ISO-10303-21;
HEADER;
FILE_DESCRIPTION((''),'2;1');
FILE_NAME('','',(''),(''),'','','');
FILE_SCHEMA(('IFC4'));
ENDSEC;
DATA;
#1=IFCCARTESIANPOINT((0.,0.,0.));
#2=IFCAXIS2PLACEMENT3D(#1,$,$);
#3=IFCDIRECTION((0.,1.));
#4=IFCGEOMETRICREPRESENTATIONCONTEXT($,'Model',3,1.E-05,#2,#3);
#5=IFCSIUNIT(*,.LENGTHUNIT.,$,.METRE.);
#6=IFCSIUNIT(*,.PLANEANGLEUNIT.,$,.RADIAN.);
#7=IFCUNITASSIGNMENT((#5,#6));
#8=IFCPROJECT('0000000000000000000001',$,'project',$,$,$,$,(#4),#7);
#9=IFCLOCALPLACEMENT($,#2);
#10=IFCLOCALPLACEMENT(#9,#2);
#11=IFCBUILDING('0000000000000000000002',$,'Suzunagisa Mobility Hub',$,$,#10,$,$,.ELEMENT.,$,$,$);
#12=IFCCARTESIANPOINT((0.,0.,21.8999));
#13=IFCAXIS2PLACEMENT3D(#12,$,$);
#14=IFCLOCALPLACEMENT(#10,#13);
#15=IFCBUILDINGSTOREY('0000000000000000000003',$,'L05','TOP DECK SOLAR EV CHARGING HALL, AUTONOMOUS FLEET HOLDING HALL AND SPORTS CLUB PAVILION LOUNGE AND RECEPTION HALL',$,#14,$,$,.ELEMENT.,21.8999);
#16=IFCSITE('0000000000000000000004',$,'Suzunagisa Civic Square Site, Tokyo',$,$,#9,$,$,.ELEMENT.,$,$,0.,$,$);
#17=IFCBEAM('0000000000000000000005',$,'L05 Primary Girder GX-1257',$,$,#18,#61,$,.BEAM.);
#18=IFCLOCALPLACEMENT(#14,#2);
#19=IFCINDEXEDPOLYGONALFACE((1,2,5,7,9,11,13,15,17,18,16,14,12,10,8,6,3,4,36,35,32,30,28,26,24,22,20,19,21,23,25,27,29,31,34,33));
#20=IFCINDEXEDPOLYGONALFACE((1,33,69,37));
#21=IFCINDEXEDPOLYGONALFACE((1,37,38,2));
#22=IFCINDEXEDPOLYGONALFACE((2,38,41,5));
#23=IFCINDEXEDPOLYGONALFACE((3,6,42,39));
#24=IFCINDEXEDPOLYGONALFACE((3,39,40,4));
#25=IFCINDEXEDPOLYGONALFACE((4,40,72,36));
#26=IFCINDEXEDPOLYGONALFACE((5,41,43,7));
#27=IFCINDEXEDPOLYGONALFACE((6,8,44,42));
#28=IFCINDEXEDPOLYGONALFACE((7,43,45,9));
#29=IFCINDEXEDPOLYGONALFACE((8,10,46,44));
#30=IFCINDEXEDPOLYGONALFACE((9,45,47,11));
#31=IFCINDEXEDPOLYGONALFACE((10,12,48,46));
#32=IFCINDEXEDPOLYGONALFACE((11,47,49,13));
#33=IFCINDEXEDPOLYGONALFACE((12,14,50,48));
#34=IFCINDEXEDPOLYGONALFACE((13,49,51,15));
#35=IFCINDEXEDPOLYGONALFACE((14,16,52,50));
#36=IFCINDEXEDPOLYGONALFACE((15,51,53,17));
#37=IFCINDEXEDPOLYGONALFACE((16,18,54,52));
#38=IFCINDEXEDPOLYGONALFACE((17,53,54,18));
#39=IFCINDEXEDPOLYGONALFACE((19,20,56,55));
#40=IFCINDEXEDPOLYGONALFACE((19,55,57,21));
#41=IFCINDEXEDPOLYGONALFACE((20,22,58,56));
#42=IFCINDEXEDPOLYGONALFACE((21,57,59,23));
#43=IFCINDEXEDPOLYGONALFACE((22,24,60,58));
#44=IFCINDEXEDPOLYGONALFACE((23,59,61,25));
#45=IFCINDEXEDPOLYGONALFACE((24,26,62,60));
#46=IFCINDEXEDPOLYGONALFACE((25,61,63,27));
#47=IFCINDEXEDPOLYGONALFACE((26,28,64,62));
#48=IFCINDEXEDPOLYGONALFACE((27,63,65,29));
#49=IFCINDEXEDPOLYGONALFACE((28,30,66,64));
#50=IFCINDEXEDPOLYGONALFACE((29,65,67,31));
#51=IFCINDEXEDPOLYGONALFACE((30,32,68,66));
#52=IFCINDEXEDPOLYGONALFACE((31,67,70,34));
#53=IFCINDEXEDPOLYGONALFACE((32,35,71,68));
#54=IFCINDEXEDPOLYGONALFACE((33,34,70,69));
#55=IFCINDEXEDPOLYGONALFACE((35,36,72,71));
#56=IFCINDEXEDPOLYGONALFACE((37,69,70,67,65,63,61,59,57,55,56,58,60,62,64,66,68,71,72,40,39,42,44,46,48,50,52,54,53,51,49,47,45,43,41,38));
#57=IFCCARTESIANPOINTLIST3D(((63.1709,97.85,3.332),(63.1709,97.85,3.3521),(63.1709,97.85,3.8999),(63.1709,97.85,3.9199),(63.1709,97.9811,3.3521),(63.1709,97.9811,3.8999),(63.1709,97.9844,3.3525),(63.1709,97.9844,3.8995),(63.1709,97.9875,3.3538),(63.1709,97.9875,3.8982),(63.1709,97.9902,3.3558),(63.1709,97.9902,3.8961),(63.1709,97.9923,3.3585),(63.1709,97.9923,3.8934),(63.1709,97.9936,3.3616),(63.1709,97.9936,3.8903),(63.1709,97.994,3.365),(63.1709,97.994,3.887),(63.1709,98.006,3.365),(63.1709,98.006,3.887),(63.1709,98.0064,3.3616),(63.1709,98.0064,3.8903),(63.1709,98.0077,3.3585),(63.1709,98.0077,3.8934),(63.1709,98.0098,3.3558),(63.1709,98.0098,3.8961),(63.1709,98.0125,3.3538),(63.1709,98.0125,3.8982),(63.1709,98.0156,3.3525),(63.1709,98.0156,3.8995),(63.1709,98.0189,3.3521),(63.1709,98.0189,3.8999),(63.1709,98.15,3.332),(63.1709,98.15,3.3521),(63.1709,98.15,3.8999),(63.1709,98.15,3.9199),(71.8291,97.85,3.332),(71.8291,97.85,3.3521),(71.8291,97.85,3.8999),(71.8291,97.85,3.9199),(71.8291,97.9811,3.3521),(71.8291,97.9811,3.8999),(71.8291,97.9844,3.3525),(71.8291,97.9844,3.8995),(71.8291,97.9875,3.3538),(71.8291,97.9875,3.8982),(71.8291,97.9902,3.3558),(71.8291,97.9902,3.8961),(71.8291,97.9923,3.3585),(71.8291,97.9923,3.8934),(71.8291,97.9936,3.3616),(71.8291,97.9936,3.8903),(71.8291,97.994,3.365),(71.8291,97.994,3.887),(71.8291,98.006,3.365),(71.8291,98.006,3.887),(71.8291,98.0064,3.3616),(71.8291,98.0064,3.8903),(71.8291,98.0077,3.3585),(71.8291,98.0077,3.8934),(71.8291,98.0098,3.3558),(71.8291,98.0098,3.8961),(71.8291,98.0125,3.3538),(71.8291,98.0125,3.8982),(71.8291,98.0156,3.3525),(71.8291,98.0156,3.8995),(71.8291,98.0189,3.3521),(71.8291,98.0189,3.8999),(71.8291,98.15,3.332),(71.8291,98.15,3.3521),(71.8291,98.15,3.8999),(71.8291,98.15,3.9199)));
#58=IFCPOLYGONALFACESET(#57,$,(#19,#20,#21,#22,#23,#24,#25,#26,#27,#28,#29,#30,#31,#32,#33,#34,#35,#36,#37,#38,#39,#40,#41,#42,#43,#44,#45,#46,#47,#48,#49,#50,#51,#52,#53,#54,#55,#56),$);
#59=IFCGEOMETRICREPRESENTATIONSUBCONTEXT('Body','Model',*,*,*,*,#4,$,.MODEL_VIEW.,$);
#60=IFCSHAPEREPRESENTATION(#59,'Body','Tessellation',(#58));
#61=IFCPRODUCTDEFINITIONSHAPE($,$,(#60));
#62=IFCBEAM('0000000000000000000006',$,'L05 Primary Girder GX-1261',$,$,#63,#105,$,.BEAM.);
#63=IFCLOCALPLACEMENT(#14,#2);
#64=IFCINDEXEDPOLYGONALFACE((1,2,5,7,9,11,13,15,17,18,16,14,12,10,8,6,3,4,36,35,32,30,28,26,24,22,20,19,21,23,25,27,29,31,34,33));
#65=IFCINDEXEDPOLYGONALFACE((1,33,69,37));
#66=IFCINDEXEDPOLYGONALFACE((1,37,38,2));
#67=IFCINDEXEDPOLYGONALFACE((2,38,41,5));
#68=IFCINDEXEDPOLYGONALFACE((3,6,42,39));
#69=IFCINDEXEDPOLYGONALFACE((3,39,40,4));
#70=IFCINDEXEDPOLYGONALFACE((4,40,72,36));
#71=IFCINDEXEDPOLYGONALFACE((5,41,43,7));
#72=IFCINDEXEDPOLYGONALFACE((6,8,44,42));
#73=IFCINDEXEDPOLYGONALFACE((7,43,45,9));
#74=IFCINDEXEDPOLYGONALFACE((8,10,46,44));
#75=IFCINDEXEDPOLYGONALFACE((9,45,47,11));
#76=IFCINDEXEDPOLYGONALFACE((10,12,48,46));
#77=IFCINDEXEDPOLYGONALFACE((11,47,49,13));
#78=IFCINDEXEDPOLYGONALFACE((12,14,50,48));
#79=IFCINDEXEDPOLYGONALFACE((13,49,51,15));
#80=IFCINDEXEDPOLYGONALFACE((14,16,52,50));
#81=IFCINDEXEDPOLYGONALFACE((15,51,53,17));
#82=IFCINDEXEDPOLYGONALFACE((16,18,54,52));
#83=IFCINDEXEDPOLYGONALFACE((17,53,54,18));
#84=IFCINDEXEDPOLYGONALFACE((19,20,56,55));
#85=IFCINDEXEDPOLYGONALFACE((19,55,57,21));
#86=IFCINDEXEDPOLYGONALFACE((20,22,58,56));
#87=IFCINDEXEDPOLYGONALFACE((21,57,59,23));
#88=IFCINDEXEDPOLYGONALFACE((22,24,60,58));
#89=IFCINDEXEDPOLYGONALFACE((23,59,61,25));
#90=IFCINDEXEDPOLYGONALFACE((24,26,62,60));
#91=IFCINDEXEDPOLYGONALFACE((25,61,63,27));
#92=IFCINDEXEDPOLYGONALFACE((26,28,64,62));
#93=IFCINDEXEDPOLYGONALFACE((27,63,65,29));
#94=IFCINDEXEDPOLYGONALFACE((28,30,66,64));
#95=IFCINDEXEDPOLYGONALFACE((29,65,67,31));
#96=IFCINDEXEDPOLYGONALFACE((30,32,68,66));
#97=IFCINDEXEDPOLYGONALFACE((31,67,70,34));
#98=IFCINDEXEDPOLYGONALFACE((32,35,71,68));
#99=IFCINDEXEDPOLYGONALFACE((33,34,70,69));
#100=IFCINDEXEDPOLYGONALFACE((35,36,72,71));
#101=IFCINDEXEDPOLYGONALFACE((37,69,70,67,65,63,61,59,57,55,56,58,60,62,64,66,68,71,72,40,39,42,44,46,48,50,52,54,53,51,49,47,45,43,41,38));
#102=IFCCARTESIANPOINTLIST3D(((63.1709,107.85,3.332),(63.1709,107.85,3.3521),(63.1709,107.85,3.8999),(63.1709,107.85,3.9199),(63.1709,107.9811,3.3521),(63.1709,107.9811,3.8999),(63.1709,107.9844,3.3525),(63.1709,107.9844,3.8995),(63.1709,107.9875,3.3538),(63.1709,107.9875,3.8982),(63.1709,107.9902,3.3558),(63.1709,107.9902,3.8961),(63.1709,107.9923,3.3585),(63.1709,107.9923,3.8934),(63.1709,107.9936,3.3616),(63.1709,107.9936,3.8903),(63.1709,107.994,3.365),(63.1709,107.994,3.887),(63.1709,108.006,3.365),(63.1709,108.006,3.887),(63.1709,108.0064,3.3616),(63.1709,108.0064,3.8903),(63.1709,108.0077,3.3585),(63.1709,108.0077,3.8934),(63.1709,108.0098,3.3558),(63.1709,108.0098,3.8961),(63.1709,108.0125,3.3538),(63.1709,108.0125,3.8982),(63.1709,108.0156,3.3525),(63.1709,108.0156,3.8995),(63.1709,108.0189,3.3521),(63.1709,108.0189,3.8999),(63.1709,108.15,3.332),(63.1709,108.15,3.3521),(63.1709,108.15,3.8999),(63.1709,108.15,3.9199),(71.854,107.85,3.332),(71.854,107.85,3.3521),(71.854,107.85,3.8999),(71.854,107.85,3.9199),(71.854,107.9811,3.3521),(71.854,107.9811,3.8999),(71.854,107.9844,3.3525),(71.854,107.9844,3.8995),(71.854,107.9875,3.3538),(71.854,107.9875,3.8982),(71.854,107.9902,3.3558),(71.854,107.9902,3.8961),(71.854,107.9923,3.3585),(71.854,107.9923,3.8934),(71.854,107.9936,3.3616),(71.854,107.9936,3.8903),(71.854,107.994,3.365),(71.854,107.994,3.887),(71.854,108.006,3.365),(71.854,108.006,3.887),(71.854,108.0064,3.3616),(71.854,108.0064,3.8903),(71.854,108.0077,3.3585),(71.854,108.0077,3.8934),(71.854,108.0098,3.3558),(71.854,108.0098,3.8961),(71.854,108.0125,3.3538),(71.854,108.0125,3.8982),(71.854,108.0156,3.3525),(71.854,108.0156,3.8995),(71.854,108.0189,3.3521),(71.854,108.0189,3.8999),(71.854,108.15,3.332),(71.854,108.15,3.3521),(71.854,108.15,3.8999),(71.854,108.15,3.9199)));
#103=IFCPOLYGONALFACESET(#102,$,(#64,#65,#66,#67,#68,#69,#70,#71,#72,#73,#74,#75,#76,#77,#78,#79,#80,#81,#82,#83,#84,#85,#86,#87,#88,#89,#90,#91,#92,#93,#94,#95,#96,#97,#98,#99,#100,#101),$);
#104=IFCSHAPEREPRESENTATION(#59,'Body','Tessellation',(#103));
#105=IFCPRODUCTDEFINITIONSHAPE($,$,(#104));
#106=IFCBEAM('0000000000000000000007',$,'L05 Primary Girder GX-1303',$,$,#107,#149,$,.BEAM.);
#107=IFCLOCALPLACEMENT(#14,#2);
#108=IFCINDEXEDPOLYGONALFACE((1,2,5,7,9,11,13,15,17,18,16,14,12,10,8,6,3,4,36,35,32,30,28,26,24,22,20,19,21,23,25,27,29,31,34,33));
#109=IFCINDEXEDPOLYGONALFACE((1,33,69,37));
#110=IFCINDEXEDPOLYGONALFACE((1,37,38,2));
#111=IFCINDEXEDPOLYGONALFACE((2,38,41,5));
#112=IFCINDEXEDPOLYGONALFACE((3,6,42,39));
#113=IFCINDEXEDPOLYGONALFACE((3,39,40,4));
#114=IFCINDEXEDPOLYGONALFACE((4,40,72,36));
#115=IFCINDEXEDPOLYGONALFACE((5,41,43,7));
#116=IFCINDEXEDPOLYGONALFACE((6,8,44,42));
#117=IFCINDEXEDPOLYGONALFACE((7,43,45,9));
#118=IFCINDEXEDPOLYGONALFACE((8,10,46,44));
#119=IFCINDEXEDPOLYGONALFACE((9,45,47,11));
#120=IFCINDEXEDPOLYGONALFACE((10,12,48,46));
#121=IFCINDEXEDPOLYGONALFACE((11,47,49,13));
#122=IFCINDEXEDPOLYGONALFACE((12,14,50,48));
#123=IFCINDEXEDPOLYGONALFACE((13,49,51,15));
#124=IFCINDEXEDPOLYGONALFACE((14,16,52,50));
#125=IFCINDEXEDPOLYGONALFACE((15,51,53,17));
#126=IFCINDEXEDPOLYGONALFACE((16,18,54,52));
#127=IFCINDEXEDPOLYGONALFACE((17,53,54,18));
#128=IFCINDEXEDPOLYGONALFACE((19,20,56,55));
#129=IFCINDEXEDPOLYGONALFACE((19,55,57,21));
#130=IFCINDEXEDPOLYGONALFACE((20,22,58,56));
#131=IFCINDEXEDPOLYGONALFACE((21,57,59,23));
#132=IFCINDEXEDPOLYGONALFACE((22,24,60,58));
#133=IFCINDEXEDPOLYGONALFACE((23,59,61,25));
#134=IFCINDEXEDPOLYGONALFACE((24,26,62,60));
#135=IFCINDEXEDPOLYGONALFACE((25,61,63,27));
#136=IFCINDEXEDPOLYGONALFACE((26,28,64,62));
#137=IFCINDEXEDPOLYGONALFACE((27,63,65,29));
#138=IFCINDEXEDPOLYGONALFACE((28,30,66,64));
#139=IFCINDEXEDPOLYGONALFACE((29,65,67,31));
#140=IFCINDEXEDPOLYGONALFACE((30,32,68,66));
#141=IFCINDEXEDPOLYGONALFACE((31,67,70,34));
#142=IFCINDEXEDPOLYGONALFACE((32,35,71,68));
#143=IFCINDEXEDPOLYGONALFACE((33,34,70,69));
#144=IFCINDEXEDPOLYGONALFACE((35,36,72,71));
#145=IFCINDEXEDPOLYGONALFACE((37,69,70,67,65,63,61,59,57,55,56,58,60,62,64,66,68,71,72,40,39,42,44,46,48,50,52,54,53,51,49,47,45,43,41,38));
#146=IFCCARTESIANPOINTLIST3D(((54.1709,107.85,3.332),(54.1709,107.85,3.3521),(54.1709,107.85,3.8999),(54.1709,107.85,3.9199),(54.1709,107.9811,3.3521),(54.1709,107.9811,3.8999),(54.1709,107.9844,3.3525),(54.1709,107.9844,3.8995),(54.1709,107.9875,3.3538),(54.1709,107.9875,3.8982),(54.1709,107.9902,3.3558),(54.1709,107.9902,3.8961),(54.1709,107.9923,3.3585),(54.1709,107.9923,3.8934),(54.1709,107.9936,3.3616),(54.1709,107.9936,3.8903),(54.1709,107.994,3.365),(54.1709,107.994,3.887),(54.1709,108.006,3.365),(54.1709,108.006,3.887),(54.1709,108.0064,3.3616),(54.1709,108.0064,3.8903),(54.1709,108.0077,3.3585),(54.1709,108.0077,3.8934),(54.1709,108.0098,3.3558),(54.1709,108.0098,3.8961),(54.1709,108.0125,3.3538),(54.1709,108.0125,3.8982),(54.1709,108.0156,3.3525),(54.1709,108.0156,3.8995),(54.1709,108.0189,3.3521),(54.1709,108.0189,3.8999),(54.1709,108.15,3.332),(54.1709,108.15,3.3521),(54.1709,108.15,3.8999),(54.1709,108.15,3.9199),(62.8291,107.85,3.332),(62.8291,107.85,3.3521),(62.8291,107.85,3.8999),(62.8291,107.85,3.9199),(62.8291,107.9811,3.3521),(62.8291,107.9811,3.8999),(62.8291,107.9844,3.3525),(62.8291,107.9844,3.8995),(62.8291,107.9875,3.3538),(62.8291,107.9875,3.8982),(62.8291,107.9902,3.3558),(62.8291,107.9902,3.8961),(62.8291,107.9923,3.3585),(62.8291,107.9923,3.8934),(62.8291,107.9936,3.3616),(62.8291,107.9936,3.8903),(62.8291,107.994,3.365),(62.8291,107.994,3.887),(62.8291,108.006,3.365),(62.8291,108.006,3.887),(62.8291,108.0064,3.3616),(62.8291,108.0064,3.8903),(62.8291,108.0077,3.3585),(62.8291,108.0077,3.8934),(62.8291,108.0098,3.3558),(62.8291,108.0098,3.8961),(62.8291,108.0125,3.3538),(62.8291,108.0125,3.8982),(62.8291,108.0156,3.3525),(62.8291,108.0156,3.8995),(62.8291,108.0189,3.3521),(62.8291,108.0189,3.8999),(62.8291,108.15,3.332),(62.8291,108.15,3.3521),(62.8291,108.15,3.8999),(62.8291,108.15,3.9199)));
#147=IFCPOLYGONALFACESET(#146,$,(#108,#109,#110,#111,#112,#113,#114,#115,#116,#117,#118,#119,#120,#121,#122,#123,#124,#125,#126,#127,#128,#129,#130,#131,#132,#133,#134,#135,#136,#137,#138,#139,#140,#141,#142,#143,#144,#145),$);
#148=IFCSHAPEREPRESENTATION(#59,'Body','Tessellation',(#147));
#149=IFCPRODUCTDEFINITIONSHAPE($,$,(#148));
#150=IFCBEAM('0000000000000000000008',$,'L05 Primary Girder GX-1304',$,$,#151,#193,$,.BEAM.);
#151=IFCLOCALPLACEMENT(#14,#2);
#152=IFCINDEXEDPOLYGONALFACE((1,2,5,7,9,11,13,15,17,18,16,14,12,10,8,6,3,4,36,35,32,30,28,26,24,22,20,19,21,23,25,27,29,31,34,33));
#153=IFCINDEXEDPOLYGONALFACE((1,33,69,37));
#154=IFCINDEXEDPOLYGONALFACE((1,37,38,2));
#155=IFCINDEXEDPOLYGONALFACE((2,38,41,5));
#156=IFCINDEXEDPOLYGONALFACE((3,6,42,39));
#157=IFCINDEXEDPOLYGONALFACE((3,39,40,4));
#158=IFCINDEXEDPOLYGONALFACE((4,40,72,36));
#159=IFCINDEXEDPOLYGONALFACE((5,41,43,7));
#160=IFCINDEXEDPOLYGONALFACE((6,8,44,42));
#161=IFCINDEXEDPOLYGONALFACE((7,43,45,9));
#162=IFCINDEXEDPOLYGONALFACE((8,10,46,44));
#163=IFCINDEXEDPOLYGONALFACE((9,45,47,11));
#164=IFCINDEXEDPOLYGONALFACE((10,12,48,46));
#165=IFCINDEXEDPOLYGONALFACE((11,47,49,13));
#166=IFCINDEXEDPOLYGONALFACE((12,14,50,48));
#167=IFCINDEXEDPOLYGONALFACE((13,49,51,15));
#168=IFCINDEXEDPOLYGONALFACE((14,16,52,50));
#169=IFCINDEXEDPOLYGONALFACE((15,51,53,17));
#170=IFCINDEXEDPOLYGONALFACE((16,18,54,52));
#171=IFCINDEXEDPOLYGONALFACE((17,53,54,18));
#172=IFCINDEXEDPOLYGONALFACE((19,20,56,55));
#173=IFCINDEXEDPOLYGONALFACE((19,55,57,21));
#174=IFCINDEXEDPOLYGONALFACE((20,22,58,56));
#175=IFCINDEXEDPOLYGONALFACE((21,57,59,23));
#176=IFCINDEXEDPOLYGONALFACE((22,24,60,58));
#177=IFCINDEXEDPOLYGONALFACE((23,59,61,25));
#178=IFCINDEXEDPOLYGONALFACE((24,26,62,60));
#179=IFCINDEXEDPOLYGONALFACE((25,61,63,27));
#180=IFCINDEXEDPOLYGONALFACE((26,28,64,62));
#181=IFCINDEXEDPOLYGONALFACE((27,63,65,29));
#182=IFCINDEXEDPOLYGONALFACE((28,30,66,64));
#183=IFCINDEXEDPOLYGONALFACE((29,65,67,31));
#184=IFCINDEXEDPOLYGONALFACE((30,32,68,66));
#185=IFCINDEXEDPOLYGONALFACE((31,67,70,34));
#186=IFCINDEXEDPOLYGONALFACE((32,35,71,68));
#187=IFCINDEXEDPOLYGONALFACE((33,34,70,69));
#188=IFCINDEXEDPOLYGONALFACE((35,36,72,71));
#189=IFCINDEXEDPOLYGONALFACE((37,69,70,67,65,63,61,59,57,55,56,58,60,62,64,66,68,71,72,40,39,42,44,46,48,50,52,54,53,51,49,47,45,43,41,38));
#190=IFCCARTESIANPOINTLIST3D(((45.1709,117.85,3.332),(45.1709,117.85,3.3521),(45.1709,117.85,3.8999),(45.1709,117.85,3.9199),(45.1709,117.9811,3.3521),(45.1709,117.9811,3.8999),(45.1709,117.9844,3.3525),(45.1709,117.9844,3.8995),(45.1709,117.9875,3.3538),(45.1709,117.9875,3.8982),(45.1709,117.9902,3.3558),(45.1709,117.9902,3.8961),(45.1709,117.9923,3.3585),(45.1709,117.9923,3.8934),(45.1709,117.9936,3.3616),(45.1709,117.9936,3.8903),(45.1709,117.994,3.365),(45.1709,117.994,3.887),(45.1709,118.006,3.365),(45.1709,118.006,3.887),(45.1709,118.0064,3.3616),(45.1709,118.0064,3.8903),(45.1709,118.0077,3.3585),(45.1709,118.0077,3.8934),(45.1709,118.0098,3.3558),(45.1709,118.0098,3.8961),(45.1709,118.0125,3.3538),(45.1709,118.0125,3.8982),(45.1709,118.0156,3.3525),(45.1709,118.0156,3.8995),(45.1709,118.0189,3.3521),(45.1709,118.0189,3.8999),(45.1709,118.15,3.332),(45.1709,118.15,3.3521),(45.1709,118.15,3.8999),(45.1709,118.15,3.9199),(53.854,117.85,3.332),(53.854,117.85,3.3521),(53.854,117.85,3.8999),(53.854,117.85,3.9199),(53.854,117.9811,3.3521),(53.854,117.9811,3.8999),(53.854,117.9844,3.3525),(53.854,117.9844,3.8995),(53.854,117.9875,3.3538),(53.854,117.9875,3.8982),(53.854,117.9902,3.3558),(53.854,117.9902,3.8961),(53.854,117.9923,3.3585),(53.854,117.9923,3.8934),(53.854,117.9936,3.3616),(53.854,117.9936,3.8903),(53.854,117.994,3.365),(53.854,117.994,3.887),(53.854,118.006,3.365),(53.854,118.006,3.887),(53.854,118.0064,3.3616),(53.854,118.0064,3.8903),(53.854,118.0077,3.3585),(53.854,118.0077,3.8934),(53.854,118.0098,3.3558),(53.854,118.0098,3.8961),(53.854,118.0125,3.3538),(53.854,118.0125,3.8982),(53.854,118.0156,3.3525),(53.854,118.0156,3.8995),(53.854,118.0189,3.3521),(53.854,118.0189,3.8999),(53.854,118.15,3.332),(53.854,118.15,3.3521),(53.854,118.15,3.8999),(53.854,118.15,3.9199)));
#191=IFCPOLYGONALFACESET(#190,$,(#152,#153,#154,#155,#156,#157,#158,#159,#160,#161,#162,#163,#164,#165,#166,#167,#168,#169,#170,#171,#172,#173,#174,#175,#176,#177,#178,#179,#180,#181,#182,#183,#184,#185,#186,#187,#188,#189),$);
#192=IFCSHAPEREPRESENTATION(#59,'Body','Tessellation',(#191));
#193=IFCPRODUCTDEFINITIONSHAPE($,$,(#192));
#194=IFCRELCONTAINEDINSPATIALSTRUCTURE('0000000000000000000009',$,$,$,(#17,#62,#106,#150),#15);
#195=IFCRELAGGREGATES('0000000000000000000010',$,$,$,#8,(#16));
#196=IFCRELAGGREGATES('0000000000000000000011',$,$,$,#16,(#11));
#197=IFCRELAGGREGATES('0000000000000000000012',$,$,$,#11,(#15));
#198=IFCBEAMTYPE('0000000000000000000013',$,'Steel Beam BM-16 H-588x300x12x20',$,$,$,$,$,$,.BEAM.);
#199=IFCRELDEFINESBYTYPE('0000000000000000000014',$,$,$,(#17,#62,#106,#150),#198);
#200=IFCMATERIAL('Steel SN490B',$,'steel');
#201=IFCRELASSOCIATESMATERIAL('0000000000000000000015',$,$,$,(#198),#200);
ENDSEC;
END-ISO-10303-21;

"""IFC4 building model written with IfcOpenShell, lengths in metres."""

from ifc_helpers import new_model, si_unit, direction, frame, origin, origin_2d, place, context, subcontext, project, spatial, i_section, extrude, material, material_profile, profile_set, type_object, element, save


model = new_model("IFC4")

# Units and contexts
model_context = context("Model", 3, precision=1e-05, world=origin(), true_north=direction((0.0, 1.0)))
body_context = subcontext(model_context, "Body", "Model", "MODEL_VIEW")
ifc_project = project(units=[si_unit("LENGTHUNIT", "METRE"), si_unit("PLANEANGLEUNIT", "RADIAN")], contexts=[model_context])

# Site, building, storey
site_placement = place(None, origin())
site = spatial("IfcSite", under=ifc_project, at=site_placement, Name="Suzunagisa Civic Square Site, Tokyo", CompositionType="ELEMENT", RefElevation=0.0)
building_placement = place(site_placement, origin())
building = spatial("IfcBuilding", under=site, at=building_placement, Name="Suzunagisa Mobility Hub", CompositionType="ELEMENT")
storey_placement = place(building_placement, frame((0.0, 0.0, 21.8999)))
storey = spatial("IfcBuildingStorey", under=building, at=storey_placement, Name="L05", Description="TOP DECK SOLAR EV CHARGING HALL, AUTONOMOUS FLEET HOLDING HALL AND SPORTS CLUB PAVILION LOUNGE AND RECEPTION HALL", CompositionType="ELEMENT", Elevation=21.8999)

# Shared definitions
ifc_material_1 = material(Name="Steel SN490B", Category="steel")

# Beams
ifc_material_profile_1 = material_profile(ifc_material_1, i_section(OverallWidth=0.3, OverallDepth=0.5879, WebThickness=0.012, FlangeThickness=0.02, FilletRadius=0.0129, at=origin_2d()), Name="H-588x300x12x20")
ifc_profile_set_1 = profile_set([ifc_material_profile_1], Name="Steel SN490B")
beam_type_1 = type_object("IfcBeamType", Name="Steel Beam BM-16 H-588x300x12x20", PredefinedType="BEAM", material=ifc_profile_set_1)
for number, where, z_axis, x_axis, name in (
    (1, (63.1709, 98.0, 3.626), (1.0, 0.0, 0.0), (0.0, 1.0, 0.0), "L05 Primary Girder GX-1257"),
):
    element("IfcBeam", number, at=place(storey_placement, frame(where, z_axis=z_axis, x_axis=x_axis)), inside=storey, type_object=beam_type_1, Name=name, PredefinedType="BEAM", context=body_context, shape_type="SweptSolid", body=[
        extrude(i_section(OverallWidth=0.3, OverallDepth=0.5879, WebThickness=0.012, FlangeThickness=0.02, FilletRadius=0.0129, at=origin_2d()), origin(), (0.0, 0.0, 1.0), 8.6582),
    ])
beam_1_placement = place(storey_placement, frame((63.1709, 108.0, 3.626), z_axis=(1.0, 0.0, 0.0), x_axis=(0.0, 1.0, 0.0)))
element("IfcBeam", 2, at=beam_1_placement, inside=storey, type_object=beam_type_1, Name="L05 Primary Girder GX-1261", PredefinedType="BEAM", context=body_context, shape_type="SweptSolid", body=[
    extrude(i_section(OverallWidth=0.3, OverallDepth=0.5879, WebThickness=0.012, FlangeThickness=0.02, FilletRadius=0.0129, at=origin_2d()), origin(), (0.0, 0.0, 1.0), 8.6831),
])
beam_2_placement = place(storey_placement, frame((54.1709, 108.0, 3.626), z_axis=(1.0, 0.0, 0.0), x_axis=(0.0, 1.0, 0.0)))
element("IfcBeam", 3, at=beam_2_placement, inside=storey, type_object=beam_type_1, Name="L05 Primary Girder GX-1303", PredefinedType="BEAM", context=body_context, shape_type="SweptSolid", body=[
    extrude(i_section(OverallWidth=0.3, OverallDepth=0.5879, WebThickness=0.012, FlangeThickness=0.02, FilletRadius=0.0129, at=origin_2d()), origin(), (0.0, 0.0, 1.0), 8.6582),
])
beam_3_placement = place(storey_placement, frame((45.1709, 118.0, 3.626), z_axis=(1.0, 0.0, 0.0), x_axis=(0.0, 1.0, 0.0)))
element("IfcBeam", 4, at=beam_3_placement, inside=storey, type_object=beam_type_1, Name="L05 Primary Girder GX-1304", PredefinedType="BEAM", context=body_context, shape_type="SweptSolid", body=[
    extrude(i_section(OverallWidth=0.3, OverallDepth=0.5879, WebThickness=0.012, FlangeThickness=0.02, FilletRadius=0.0129, at=origin_2d()), origin(), (0.0, 0.0, 1.0), 8.6831),
])

save(model, "model.ifc")
